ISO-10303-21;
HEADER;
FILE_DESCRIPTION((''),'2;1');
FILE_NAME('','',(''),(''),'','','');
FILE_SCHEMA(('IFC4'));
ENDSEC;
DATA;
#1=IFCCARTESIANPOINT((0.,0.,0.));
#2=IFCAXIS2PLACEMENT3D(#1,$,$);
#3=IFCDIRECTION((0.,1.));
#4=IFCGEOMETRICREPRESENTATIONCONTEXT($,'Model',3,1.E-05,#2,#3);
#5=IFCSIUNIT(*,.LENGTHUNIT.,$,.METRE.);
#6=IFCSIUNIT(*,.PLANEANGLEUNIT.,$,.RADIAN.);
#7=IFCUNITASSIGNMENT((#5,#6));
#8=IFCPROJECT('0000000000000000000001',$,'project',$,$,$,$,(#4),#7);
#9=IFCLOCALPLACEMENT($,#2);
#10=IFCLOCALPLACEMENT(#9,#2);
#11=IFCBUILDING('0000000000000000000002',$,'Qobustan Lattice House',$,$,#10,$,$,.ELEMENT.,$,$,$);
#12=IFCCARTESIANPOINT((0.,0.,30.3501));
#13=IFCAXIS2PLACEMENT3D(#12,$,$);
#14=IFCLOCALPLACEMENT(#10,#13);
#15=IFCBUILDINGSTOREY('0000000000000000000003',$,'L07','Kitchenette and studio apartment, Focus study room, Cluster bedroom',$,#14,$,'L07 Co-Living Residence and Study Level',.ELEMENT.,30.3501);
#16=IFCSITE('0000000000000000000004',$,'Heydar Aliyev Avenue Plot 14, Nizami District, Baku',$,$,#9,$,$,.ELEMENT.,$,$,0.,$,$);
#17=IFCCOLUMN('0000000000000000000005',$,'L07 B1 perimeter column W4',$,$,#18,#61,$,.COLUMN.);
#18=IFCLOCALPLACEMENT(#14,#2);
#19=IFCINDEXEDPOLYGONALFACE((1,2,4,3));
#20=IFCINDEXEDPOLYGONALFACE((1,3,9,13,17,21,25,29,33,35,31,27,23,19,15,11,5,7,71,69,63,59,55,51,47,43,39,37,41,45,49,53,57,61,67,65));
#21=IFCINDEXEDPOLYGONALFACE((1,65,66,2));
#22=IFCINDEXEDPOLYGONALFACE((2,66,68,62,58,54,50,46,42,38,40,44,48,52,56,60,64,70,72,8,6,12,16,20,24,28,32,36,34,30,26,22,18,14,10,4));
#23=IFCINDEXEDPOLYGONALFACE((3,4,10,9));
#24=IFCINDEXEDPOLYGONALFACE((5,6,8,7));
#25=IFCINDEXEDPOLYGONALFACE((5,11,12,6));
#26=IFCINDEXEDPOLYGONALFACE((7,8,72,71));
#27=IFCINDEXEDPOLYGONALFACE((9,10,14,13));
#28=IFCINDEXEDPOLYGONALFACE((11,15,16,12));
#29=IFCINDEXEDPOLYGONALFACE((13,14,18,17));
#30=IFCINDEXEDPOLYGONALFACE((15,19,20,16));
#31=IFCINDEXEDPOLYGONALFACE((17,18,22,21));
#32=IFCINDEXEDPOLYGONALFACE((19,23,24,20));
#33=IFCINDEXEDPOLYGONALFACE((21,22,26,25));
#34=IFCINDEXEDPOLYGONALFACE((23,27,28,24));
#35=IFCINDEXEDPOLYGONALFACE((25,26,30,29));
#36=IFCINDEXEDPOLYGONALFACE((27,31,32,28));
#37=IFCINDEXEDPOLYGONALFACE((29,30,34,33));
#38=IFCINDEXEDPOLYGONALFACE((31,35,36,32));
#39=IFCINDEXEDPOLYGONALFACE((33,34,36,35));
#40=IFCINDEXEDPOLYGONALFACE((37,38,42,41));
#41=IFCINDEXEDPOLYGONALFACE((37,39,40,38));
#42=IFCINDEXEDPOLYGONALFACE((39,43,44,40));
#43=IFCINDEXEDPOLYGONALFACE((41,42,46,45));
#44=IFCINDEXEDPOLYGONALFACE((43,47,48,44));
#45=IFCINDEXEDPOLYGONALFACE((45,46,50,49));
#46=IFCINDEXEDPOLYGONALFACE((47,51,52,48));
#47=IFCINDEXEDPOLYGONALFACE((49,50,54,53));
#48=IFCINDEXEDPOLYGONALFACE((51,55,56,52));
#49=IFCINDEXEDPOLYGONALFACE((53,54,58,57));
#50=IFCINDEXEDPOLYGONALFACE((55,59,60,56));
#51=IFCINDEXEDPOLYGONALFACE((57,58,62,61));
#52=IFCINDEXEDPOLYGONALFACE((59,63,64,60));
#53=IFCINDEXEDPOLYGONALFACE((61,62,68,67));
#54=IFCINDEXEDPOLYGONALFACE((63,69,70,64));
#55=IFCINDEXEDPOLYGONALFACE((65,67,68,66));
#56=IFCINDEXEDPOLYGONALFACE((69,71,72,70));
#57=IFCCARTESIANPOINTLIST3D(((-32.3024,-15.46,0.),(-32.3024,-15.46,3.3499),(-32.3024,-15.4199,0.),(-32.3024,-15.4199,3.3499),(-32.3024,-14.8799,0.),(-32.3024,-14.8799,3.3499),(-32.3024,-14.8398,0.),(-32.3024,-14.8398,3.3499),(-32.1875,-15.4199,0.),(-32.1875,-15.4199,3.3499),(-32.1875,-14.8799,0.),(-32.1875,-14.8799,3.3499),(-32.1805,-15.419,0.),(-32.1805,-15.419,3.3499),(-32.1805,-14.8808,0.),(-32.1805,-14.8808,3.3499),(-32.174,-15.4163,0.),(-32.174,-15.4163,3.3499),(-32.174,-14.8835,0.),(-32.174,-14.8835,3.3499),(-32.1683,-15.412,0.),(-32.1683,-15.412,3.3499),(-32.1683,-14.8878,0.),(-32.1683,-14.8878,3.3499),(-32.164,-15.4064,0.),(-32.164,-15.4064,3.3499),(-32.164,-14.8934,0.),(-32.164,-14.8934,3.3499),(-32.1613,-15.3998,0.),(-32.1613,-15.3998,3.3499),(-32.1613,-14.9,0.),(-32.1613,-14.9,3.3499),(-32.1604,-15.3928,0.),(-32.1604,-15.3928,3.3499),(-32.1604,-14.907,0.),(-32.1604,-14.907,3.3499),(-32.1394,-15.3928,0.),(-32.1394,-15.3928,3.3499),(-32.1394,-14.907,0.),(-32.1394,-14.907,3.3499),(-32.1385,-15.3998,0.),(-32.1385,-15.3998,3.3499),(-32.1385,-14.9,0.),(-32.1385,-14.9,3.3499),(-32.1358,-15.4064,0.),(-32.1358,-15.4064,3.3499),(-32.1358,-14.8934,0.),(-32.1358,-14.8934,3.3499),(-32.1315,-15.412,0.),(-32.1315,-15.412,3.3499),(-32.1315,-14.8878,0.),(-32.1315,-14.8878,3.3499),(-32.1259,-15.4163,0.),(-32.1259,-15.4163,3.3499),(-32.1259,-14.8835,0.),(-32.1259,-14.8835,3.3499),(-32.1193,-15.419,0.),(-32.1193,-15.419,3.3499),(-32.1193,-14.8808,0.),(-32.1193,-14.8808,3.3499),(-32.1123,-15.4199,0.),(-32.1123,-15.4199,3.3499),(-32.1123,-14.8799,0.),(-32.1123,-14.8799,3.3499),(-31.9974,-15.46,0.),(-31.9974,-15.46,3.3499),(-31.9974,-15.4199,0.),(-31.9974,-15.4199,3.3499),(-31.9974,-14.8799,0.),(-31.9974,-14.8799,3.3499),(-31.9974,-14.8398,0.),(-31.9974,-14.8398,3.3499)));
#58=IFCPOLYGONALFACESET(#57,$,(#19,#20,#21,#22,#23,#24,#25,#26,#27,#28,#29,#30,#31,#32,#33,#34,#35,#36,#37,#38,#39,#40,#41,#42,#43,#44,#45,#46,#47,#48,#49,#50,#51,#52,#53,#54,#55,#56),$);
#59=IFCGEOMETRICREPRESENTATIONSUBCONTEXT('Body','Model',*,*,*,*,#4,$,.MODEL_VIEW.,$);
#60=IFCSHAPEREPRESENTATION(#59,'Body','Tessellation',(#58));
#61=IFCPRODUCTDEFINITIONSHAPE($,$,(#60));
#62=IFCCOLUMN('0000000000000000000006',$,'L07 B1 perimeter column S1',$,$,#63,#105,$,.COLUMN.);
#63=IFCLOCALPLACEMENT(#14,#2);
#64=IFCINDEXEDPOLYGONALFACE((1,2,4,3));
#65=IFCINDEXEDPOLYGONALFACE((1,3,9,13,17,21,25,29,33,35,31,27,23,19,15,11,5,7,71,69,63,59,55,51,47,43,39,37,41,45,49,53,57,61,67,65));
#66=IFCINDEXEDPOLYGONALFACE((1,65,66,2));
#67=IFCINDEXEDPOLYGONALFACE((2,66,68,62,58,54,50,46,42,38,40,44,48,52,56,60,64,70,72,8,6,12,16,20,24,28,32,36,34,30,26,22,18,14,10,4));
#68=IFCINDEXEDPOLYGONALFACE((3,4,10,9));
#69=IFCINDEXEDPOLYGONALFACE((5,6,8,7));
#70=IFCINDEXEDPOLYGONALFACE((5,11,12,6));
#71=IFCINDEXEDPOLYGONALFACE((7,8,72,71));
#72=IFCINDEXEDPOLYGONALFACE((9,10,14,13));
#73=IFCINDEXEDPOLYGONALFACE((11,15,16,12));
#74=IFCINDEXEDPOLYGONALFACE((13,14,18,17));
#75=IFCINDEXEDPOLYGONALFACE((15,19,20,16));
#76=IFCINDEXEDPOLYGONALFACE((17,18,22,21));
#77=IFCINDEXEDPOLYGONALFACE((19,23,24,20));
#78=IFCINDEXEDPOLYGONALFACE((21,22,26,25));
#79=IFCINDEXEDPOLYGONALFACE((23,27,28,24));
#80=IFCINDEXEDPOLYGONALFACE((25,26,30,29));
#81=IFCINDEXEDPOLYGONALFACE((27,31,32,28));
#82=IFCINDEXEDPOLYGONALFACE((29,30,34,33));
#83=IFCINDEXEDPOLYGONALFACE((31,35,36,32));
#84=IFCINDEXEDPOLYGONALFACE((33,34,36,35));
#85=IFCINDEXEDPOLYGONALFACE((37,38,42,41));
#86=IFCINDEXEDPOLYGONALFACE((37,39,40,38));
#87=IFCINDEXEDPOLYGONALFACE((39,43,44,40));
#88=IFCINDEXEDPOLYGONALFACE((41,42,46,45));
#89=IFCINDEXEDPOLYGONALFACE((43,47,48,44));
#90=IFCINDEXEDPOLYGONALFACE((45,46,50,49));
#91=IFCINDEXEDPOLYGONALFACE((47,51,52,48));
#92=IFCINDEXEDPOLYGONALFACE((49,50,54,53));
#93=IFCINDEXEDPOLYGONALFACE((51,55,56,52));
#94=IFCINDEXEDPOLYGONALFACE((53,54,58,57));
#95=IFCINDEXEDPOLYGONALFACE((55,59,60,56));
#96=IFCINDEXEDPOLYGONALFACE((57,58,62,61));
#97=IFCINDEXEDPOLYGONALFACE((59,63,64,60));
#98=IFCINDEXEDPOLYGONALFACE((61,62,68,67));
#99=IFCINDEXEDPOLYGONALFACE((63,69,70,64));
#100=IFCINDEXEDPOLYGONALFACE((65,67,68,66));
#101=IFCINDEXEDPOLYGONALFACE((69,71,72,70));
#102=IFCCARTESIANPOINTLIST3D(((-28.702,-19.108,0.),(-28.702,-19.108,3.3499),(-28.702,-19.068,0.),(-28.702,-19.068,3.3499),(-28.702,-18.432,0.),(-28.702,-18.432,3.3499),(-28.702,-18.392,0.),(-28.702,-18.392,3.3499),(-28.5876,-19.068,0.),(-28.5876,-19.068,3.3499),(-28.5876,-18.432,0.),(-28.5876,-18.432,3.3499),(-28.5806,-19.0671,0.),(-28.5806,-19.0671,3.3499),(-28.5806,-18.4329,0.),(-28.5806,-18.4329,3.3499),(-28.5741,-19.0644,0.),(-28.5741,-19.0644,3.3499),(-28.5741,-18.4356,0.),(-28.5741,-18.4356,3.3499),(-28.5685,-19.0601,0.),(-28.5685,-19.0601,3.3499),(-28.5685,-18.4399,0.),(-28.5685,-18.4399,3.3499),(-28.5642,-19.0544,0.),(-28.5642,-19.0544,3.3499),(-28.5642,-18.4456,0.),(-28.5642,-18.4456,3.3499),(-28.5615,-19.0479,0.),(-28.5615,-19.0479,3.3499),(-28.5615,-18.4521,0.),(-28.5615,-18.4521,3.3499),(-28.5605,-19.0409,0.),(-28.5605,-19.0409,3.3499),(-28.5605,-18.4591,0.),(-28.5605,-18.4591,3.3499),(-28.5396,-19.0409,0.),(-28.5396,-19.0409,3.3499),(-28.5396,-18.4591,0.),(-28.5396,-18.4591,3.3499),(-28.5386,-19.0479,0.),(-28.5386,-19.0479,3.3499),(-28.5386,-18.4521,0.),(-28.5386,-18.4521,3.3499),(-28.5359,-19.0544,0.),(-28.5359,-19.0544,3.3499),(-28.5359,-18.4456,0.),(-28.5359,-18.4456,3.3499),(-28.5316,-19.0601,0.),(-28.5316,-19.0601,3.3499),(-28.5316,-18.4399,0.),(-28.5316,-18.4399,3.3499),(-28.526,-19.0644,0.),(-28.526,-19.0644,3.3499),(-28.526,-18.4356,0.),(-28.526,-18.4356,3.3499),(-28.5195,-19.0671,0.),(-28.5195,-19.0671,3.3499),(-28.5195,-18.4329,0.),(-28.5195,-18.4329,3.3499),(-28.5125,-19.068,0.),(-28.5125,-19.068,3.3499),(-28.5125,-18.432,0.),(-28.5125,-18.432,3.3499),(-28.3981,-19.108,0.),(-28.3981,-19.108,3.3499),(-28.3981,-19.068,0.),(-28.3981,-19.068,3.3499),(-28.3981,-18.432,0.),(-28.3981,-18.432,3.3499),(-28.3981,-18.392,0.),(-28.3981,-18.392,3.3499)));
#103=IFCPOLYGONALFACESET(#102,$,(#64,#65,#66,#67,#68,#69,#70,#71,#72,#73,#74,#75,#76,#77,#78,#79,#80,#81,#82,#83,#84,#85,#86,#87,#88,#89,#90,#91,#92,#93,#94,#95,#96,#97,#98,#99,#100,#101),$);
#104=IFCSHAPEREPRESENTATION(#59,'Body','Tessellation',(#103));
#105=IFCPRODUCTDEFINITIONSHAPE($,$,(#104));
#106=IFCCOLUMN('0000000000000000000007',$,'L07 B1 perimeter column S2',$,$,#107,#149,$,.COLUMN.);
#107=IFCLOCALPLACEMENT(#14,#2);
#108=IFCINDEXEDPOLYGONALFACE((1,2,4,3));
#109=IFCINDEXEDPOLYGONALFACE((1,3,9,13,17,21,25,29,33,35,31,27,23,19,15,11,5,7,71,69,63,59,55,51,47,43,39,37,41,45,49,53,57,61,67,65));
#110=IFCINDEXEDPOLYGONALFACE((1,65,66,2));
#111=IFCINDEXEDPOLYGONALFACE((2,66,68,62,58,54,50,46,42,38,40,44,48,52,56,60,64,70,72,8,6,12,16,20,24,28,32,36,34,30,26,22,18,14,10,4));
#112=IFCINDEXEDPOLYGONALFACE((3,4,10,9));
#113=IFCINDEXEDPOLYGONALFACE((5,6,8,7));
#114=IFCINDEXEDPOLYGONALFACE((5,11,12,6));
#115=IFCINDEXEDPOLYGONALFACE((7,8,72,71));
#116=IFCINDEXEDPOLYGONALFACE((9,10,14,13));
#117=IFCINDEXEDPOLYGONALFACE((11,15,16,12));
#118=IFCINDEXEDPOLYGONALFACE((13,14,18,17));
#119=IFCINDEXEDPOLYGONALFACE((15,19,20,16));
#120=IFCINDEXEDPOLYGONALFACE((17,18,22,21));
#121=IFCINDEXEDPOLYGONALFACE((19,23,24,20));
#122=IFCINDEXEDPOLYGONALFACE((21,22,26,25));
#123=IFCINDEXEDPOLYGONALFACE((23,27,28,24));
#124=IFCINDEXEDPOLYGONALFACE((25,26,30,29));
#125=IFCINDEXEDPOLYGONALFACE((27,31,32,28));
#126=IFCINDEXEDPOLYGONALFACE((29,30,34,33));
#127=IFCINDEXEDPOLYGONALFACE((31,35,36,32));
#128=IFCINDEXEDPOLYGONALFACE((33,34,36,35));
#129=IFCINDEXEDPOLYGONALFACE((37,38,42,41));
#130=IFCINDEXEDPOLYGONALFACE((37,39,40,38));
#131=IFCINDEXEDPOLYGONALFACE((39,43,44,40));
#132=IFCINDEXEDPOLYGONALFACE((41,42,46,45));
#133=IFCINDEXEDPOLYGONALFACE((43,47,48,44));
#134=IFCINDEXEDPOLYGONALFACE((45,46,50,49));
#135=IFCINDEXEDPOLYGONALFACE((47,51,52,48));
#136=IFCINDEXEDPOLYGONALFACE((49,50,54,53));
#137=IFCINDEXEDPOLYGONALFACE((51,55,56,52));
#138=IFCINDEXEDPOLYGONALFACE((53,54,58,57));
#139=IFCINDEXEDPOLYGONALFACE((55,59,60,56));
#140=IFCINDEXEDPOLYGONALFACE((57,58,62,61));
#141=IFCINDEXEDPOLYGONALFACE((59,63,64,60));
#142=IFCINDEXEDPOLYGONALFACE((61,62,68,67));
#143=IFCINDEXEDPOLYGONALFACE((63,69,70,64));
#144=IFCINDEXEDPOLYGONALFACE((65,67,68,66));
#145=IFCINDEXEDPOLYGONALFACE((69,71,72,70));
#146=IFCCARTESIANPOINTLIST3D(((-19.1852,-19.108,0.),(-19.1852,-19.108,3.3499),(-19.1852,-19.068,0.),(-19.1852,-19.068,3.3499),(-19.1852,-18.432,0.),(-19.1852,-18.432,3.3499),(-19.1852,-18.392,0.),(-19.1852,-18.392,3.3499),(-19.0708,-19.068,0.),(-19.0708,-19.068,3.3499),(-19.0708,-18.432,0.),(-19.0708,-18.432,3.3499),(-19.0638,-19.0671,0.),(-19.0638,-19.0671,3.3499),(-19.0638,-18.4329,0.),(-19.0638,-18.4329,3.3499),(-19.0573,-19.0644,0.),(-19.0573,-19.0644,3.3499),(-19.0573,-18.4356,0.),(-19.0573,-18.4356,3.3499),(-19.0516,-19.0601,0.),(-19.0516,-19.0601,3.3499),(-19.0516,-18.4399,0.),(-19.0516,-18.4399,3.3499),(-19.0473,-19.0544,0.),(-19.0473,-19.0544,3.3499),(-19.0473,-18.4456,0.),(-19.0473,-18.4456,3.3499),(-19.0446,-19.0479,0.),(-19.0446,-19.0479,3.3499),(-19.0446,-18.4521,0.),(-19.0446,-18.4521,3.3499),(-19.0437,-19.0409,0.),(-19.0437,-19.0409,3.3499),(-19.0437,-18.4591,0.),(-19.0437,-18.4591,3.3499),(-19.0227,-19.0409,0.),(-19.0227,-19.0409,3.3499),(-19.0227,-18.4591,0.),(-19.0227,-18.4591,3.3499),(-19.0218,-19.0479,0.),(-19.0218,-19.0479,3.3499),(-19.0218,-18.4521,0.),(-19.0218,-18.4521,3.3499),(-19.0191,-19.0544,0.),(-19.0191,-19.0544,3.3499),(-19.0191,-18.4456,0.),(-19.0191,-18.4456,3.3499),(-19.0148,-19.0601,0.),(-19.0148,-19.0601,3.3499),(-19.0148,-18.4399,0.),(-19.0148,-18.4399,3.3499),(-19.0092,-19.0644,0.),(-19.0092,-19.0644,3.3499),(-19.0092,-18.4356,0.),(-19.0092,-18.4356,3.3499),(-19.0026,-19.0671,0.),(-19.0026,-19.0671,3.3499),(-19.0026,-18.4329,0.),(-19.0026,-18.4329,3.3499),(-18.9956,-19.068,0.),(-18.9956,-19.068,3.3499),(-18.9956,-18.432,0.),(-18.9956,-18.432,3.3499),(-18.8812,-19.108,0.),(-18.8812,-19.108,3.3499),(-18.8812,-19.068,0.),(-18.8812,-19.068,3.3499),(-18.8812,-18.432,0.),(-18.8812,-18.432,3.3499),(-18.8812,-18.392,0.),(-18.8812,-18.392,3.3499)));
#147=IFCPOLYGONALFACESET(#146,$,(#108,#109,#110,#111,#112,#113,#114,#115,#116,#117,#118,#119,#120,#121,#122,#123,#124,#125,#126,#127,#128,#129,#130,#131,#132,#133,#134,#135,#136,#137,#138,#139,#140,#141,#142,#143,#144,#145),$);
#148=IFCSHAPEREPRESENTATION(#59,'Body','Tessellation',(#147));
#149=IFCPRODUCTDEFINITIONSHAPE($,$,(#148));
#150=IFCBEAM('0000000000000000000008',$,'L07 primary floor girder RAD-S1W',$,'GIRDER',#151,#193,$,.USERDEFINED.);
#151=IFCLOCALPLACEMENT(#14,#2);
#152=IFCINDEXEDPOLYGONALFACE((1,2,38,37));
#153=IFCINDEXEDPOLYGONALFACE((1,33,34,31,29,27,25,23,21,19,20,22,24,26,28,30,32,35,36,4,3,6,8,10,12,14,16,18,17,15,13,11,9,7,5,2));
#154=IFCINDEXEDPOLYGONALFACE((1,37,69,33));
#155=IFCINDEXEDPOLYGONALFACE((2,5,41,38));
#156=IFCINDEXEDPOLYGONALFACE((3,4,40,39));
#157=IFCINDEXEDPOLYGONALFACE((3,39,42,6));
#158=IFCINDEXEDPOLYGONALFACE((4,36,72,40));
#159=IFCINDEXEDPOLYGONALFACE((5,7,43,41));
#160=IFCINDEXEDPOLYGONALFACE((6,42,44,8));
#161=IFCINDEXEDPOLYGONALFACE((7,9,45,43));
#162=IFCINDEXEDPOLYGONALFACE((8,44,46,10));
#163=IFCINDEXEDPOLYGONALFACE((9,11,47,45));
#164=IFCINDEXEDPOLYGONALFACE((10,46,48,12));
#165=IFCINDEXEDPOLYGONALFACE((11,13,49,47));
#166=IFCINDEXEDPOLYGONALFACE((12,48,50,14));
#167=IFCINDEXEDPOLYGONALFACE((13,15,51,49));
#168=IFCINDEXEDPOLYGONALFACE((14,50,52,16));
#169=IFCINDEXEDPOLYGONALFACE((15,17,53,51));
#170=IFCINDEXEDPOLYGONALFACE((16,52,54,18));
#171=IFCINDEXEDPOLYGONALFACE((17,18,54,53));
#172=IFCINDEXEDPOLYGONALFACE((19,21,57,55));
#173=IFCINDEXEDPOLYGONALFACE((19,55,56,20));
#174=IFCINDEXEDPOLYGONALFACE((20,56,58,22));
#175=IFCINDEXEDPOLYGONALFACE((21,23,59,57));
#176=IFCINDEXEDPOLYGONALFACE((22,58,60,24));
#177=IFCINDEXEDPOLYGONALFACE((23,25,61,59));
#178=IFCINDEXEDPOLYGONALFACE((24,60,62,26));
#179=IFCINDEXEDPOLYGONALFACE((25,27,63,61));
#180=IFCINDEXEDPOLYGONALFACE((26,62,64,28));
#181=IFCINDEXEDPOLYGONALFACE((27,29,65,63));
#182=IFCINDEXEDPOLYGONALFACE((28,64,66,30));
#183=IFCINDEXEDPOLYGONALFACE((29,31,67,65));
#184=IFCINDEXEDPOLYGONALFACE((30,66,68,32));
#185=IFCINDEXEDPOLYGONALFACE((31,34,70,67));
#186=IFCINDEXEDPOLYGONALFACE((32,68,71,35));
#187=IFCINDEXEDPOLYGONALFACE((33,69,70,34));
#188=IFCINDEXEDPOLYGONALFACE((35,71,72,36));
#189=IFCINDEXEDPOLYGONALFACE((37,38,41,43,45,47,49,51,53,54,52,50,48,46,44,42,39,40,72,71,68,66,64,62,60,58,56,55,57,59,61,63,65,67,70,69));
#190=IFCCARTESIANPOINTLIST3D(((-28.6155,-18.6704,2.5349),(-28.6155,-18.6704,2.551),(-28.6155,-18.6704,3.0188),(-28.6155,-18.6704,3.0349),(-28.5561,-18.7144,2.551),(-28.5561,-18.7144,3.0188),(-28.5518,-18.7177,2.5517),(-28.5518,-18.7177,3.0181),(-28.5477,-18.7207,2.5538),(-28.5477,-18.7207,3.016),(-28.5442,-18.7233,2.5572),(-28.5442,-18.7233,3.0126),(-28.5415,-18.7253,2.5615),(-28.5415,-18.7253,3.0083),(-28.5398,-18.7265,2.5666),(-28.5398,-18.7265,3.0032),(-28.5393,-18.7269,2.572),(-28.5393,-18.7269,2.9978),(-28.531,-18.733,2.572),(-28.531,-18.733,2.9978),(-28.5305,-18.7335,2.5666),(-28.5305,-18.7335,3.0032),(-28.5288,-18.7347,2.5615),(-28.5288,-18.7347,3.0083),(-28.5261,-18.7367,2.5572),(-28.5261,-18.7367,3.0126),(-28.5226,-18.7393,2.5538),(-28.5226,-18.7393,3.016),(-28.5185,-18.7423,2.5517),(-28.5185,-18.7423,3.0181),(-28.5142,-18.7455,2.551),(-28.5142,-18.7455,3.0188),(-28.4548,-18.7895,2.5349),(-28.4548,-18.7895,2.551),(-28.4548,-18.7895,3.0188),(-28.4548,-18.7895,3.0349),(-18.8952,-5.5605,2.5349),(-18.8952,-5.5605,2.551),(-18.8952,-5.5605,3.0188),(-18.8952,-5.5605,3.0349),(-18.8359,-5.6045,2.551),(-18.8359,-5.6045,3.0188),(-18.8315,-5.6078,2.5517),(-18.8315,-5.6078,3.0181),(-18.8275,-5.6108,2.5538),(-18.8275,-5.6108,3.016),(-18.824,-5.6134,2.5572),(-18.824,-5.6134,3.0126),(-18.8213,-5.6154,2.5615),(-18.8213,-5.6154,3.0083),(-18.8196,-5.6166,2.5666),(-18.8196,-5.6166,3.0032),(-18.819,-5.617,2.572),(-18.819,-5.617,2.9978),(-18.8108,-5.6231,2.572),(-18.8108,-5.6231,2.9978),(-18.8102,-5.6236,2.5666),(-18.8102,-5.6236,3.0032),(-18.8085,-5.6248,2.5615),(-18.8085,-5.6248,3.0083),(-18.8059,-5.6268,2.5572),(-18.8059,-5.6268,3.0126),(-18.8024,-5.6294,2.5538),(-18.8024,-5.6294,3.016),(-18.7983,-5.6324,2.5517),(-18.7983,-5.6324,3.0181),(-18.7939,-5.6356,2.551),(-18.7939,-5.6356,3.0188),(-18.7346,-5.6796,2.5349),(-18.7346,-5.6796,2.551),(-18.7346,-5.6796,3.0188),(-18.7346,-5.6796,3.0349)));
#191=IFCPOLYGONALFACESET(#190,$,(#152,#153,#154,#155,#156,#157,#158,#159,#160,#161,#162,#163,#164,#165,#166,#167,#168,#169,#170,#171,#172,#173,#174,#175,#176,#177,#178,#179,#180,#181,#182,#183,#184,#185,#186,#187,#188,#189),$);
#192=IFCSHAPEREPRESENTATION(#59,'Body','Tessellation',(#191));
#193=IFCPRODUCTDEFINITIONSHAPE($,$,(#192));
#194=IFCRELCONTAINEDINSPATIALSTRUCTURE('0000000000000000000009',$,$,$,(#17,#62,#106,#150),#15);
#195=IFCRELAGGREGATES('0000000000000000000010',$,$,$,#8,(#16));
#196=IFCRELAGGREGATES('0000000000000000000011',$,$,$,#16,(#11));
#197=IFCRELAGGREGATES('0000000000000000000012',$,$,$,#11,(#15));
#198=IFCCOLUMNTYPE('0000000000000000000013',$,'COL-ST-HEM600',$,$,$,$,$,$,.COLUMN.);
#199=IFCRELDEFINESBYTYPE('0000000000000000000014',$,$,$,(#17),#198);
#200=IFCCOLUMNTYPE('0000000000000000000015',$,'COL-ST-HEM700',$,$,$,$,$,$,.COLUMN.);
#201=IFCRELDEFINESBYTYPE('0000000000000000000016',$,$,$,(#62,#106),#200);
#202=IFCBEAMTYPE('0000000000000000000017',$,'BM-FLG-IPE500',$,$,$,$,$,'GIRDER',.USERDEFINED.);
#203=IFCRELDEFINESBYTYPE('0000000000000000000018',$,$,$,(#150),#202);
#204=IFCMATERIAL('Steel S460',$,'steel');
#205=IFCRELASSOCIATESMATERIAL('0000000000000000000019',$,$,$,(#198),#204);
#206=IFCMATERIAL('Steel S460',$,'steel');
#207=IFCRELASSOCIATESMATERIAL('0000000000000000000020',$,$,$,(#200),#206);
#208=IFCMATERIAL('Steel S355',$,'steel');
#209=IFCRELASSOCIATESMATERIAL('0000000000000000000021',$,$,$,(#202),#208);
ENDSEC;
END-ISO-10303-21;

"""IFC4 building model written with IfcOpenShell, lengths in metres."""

from ifc_helpers import new_model, si_unit, direction, frame, origin, origin_2d, place, context, subcontext, project, spatial, i_section, extrude, material, material_profile, profile_set, type_object, element, save


model = new_model("IFC4")

# Units and contexts
model_context = context("Model", 3, precision=1e-05, world=origin(), true_north=direction((0.0, 1.0)))
body_context = subcontext(model_context, "Body", "Model", "MODEL_VIEW")
ifc_project = project(units=[si_unit("LENGTHUNIT", "METRE"), si_unit("PLANEANGLEUNIT", "RADIAN")], contexts=[model_context])

# Site, building, storey
site_placement = place(None, origin())
site = spatial("IfcSite", under=ifc_project, at=site_placement, Name="Heydar Aliyev Avenue Plot 14, Nizami District, Baku", CompositionType="ELEMENT", RefElevation=0.0)
building_placement = place(site_placement, origin())
building = spatial("IfcBuilding", under=site, at=building_placement, Name="Qobustan Lattice House", CompositionType="ELEMENT")
storey_placement = place(building_placement, frame((0.0, 0.0, 30.3501)))
storey = spatial("IfcBuildingStorey", under=building, at=storey_placement, Name="L07", Description="Kitchenette and studio apartment, Focus study room, Cluster bedroom", LongName="L07 Co-Living Residence and Study Level", CompositionType="ELEMENT", Elevation=30.3501)

# Columns
ifc_material_1 = material(Name="Steel S460", Category="steel")
ifc_material_profile_1 = material_profile(ifc_material_1, i_section(OverallWidth=0.3049, OverallDepth=0.6201, WebThickness=0.021, FlangeThickness=0.04, FilletRadius=0.0271, at=origin_2d()), Name="HEM600")
ifc_profile_set_1 = profile_set([ifc_material_profile_1], Name="Steel S460")
column_type_1 = type_object("IfcColumnType", Name="COL-ST-HEM600", PredefinedType="COLUMN", material=ifc_profile_set_1)
column_placement = place(storey_placement, frame((-32.1499, -15.1499, 0.0), z_axis=(0.0, 0.0, 1.0), x_axis=(1.0, 0.0, 0.0)))
element("IfcColumn", 1, at=column_placement, inside=storey, type_object=column_type_1, Name="L07 B1 perimeter column W4", PredefinedType="COLUMN", context=body_context, shape_type="SweptSolid", body=[
    extrude(i_section(OverallWidth=0.3049, OverallDepth=0.6201, WebThickness=0.021, FlangeThickness=0.04, FilletRadius=0.0271, at=origin_2d()), origin(), (0.0, 0.0, 1.0), 3.3499),
])
ifc_material_2 = material(Name="Steel S460", Category="steel")
ifc_material_profile_2 = material_profile(ifc_material_2, i_section(OverallWidth=0.304, OverallDepth=0.7161, WebThickness=0.021, FlangeThickness=0.04, FilletRadius=0.0271, at=origin_2d()), Name="HEM700")
ifc_profile_set_2 = profile_set([ifc_material_profile_2], Name="Steel S460")
column_type_2 = type_object("IfcColumnType", Name="COL-ST-HEM700", PredefinedType="COLUMN", material=ifc_profile_set_2)
for number, where, z_axis, x_axis, name in (
    (2, (-28.55, -18.75, 0.0), (0.0, 0.0, 1.0), (1.0, 0.0, 0.0), "L07 B1 perimeter column S1"),
    (3, (-19.0332, -18.75, 0.0), (0.0, 0.0, 1.0), (1.0, 0.0, 0.0), "L07 B1 perimeter column S2"),
):
    element("IfcColumn", number, at=place(storey_placement, frame(where, z_axis=z_axis, x_axis=x_axis)), inside=storey, type_object=column_type_2, Name=name, PredefinedType="COLUMN", context=body_context, shape_type="SweptSolid", body=[
        extrude(i_section(OverallWidth=0.304, OverallDepth=0.7161, WebThickness=0.021, FlangeThickness=0.04, FilletRadius=0.0271, at=origin_2d()), origin(), (0.0, 0.0, 1.0), 3.3499),
    ])

# Beam
ifc_material_3 = material(Name="Steel S355", Category="steel")
ifc_material_profile_3 = material_profile(ifc_material_3, i_section(OverallWidth=0.2, OverallDepth=0.5, WebThickness=0.0103, FlangeThickness=0.0161, FilletRadius=0.021, at=origin_2d()), Name="IPE500")
ifc_profile_set_3 = profile_set([ifc_material_profile_3], Name="Steel S355")
beam_type_1 = type_object("IfcBeamType", Name="BM-FLG-IPE500", ElementType="GIRDER", PredefinedType="USERDEFINED", material=ifc_profile_set_3)
beam_1_placement = place(storey_placement, frame((-28.5352, -18.73, 2.7849), z_axis=(0.595592, 0.803287, 0.0), x_axis=(-0.803287, 0.595592, 0.0)))
element("IfcBeam", 4, at=beam_1_placement, inside=storey, type_object=beam_type_1, Name="L07 primary floor girder RAD-S1W", ObjectType="GIRDER", PredefinedType="USERDEFINED", context=body_context, shape_type="SweptSolid", body=[
    extrude(i_section(OverallWidth=0.2, OverallDepth=0.5, WebThickness=0.0103, FlangeThickness=0.0161, FilletRadius=0.021, at=origin_2d()), origin(), (0.0, 0.0, 1.0), 16.3203),
])

save(model, "model.ifc")
